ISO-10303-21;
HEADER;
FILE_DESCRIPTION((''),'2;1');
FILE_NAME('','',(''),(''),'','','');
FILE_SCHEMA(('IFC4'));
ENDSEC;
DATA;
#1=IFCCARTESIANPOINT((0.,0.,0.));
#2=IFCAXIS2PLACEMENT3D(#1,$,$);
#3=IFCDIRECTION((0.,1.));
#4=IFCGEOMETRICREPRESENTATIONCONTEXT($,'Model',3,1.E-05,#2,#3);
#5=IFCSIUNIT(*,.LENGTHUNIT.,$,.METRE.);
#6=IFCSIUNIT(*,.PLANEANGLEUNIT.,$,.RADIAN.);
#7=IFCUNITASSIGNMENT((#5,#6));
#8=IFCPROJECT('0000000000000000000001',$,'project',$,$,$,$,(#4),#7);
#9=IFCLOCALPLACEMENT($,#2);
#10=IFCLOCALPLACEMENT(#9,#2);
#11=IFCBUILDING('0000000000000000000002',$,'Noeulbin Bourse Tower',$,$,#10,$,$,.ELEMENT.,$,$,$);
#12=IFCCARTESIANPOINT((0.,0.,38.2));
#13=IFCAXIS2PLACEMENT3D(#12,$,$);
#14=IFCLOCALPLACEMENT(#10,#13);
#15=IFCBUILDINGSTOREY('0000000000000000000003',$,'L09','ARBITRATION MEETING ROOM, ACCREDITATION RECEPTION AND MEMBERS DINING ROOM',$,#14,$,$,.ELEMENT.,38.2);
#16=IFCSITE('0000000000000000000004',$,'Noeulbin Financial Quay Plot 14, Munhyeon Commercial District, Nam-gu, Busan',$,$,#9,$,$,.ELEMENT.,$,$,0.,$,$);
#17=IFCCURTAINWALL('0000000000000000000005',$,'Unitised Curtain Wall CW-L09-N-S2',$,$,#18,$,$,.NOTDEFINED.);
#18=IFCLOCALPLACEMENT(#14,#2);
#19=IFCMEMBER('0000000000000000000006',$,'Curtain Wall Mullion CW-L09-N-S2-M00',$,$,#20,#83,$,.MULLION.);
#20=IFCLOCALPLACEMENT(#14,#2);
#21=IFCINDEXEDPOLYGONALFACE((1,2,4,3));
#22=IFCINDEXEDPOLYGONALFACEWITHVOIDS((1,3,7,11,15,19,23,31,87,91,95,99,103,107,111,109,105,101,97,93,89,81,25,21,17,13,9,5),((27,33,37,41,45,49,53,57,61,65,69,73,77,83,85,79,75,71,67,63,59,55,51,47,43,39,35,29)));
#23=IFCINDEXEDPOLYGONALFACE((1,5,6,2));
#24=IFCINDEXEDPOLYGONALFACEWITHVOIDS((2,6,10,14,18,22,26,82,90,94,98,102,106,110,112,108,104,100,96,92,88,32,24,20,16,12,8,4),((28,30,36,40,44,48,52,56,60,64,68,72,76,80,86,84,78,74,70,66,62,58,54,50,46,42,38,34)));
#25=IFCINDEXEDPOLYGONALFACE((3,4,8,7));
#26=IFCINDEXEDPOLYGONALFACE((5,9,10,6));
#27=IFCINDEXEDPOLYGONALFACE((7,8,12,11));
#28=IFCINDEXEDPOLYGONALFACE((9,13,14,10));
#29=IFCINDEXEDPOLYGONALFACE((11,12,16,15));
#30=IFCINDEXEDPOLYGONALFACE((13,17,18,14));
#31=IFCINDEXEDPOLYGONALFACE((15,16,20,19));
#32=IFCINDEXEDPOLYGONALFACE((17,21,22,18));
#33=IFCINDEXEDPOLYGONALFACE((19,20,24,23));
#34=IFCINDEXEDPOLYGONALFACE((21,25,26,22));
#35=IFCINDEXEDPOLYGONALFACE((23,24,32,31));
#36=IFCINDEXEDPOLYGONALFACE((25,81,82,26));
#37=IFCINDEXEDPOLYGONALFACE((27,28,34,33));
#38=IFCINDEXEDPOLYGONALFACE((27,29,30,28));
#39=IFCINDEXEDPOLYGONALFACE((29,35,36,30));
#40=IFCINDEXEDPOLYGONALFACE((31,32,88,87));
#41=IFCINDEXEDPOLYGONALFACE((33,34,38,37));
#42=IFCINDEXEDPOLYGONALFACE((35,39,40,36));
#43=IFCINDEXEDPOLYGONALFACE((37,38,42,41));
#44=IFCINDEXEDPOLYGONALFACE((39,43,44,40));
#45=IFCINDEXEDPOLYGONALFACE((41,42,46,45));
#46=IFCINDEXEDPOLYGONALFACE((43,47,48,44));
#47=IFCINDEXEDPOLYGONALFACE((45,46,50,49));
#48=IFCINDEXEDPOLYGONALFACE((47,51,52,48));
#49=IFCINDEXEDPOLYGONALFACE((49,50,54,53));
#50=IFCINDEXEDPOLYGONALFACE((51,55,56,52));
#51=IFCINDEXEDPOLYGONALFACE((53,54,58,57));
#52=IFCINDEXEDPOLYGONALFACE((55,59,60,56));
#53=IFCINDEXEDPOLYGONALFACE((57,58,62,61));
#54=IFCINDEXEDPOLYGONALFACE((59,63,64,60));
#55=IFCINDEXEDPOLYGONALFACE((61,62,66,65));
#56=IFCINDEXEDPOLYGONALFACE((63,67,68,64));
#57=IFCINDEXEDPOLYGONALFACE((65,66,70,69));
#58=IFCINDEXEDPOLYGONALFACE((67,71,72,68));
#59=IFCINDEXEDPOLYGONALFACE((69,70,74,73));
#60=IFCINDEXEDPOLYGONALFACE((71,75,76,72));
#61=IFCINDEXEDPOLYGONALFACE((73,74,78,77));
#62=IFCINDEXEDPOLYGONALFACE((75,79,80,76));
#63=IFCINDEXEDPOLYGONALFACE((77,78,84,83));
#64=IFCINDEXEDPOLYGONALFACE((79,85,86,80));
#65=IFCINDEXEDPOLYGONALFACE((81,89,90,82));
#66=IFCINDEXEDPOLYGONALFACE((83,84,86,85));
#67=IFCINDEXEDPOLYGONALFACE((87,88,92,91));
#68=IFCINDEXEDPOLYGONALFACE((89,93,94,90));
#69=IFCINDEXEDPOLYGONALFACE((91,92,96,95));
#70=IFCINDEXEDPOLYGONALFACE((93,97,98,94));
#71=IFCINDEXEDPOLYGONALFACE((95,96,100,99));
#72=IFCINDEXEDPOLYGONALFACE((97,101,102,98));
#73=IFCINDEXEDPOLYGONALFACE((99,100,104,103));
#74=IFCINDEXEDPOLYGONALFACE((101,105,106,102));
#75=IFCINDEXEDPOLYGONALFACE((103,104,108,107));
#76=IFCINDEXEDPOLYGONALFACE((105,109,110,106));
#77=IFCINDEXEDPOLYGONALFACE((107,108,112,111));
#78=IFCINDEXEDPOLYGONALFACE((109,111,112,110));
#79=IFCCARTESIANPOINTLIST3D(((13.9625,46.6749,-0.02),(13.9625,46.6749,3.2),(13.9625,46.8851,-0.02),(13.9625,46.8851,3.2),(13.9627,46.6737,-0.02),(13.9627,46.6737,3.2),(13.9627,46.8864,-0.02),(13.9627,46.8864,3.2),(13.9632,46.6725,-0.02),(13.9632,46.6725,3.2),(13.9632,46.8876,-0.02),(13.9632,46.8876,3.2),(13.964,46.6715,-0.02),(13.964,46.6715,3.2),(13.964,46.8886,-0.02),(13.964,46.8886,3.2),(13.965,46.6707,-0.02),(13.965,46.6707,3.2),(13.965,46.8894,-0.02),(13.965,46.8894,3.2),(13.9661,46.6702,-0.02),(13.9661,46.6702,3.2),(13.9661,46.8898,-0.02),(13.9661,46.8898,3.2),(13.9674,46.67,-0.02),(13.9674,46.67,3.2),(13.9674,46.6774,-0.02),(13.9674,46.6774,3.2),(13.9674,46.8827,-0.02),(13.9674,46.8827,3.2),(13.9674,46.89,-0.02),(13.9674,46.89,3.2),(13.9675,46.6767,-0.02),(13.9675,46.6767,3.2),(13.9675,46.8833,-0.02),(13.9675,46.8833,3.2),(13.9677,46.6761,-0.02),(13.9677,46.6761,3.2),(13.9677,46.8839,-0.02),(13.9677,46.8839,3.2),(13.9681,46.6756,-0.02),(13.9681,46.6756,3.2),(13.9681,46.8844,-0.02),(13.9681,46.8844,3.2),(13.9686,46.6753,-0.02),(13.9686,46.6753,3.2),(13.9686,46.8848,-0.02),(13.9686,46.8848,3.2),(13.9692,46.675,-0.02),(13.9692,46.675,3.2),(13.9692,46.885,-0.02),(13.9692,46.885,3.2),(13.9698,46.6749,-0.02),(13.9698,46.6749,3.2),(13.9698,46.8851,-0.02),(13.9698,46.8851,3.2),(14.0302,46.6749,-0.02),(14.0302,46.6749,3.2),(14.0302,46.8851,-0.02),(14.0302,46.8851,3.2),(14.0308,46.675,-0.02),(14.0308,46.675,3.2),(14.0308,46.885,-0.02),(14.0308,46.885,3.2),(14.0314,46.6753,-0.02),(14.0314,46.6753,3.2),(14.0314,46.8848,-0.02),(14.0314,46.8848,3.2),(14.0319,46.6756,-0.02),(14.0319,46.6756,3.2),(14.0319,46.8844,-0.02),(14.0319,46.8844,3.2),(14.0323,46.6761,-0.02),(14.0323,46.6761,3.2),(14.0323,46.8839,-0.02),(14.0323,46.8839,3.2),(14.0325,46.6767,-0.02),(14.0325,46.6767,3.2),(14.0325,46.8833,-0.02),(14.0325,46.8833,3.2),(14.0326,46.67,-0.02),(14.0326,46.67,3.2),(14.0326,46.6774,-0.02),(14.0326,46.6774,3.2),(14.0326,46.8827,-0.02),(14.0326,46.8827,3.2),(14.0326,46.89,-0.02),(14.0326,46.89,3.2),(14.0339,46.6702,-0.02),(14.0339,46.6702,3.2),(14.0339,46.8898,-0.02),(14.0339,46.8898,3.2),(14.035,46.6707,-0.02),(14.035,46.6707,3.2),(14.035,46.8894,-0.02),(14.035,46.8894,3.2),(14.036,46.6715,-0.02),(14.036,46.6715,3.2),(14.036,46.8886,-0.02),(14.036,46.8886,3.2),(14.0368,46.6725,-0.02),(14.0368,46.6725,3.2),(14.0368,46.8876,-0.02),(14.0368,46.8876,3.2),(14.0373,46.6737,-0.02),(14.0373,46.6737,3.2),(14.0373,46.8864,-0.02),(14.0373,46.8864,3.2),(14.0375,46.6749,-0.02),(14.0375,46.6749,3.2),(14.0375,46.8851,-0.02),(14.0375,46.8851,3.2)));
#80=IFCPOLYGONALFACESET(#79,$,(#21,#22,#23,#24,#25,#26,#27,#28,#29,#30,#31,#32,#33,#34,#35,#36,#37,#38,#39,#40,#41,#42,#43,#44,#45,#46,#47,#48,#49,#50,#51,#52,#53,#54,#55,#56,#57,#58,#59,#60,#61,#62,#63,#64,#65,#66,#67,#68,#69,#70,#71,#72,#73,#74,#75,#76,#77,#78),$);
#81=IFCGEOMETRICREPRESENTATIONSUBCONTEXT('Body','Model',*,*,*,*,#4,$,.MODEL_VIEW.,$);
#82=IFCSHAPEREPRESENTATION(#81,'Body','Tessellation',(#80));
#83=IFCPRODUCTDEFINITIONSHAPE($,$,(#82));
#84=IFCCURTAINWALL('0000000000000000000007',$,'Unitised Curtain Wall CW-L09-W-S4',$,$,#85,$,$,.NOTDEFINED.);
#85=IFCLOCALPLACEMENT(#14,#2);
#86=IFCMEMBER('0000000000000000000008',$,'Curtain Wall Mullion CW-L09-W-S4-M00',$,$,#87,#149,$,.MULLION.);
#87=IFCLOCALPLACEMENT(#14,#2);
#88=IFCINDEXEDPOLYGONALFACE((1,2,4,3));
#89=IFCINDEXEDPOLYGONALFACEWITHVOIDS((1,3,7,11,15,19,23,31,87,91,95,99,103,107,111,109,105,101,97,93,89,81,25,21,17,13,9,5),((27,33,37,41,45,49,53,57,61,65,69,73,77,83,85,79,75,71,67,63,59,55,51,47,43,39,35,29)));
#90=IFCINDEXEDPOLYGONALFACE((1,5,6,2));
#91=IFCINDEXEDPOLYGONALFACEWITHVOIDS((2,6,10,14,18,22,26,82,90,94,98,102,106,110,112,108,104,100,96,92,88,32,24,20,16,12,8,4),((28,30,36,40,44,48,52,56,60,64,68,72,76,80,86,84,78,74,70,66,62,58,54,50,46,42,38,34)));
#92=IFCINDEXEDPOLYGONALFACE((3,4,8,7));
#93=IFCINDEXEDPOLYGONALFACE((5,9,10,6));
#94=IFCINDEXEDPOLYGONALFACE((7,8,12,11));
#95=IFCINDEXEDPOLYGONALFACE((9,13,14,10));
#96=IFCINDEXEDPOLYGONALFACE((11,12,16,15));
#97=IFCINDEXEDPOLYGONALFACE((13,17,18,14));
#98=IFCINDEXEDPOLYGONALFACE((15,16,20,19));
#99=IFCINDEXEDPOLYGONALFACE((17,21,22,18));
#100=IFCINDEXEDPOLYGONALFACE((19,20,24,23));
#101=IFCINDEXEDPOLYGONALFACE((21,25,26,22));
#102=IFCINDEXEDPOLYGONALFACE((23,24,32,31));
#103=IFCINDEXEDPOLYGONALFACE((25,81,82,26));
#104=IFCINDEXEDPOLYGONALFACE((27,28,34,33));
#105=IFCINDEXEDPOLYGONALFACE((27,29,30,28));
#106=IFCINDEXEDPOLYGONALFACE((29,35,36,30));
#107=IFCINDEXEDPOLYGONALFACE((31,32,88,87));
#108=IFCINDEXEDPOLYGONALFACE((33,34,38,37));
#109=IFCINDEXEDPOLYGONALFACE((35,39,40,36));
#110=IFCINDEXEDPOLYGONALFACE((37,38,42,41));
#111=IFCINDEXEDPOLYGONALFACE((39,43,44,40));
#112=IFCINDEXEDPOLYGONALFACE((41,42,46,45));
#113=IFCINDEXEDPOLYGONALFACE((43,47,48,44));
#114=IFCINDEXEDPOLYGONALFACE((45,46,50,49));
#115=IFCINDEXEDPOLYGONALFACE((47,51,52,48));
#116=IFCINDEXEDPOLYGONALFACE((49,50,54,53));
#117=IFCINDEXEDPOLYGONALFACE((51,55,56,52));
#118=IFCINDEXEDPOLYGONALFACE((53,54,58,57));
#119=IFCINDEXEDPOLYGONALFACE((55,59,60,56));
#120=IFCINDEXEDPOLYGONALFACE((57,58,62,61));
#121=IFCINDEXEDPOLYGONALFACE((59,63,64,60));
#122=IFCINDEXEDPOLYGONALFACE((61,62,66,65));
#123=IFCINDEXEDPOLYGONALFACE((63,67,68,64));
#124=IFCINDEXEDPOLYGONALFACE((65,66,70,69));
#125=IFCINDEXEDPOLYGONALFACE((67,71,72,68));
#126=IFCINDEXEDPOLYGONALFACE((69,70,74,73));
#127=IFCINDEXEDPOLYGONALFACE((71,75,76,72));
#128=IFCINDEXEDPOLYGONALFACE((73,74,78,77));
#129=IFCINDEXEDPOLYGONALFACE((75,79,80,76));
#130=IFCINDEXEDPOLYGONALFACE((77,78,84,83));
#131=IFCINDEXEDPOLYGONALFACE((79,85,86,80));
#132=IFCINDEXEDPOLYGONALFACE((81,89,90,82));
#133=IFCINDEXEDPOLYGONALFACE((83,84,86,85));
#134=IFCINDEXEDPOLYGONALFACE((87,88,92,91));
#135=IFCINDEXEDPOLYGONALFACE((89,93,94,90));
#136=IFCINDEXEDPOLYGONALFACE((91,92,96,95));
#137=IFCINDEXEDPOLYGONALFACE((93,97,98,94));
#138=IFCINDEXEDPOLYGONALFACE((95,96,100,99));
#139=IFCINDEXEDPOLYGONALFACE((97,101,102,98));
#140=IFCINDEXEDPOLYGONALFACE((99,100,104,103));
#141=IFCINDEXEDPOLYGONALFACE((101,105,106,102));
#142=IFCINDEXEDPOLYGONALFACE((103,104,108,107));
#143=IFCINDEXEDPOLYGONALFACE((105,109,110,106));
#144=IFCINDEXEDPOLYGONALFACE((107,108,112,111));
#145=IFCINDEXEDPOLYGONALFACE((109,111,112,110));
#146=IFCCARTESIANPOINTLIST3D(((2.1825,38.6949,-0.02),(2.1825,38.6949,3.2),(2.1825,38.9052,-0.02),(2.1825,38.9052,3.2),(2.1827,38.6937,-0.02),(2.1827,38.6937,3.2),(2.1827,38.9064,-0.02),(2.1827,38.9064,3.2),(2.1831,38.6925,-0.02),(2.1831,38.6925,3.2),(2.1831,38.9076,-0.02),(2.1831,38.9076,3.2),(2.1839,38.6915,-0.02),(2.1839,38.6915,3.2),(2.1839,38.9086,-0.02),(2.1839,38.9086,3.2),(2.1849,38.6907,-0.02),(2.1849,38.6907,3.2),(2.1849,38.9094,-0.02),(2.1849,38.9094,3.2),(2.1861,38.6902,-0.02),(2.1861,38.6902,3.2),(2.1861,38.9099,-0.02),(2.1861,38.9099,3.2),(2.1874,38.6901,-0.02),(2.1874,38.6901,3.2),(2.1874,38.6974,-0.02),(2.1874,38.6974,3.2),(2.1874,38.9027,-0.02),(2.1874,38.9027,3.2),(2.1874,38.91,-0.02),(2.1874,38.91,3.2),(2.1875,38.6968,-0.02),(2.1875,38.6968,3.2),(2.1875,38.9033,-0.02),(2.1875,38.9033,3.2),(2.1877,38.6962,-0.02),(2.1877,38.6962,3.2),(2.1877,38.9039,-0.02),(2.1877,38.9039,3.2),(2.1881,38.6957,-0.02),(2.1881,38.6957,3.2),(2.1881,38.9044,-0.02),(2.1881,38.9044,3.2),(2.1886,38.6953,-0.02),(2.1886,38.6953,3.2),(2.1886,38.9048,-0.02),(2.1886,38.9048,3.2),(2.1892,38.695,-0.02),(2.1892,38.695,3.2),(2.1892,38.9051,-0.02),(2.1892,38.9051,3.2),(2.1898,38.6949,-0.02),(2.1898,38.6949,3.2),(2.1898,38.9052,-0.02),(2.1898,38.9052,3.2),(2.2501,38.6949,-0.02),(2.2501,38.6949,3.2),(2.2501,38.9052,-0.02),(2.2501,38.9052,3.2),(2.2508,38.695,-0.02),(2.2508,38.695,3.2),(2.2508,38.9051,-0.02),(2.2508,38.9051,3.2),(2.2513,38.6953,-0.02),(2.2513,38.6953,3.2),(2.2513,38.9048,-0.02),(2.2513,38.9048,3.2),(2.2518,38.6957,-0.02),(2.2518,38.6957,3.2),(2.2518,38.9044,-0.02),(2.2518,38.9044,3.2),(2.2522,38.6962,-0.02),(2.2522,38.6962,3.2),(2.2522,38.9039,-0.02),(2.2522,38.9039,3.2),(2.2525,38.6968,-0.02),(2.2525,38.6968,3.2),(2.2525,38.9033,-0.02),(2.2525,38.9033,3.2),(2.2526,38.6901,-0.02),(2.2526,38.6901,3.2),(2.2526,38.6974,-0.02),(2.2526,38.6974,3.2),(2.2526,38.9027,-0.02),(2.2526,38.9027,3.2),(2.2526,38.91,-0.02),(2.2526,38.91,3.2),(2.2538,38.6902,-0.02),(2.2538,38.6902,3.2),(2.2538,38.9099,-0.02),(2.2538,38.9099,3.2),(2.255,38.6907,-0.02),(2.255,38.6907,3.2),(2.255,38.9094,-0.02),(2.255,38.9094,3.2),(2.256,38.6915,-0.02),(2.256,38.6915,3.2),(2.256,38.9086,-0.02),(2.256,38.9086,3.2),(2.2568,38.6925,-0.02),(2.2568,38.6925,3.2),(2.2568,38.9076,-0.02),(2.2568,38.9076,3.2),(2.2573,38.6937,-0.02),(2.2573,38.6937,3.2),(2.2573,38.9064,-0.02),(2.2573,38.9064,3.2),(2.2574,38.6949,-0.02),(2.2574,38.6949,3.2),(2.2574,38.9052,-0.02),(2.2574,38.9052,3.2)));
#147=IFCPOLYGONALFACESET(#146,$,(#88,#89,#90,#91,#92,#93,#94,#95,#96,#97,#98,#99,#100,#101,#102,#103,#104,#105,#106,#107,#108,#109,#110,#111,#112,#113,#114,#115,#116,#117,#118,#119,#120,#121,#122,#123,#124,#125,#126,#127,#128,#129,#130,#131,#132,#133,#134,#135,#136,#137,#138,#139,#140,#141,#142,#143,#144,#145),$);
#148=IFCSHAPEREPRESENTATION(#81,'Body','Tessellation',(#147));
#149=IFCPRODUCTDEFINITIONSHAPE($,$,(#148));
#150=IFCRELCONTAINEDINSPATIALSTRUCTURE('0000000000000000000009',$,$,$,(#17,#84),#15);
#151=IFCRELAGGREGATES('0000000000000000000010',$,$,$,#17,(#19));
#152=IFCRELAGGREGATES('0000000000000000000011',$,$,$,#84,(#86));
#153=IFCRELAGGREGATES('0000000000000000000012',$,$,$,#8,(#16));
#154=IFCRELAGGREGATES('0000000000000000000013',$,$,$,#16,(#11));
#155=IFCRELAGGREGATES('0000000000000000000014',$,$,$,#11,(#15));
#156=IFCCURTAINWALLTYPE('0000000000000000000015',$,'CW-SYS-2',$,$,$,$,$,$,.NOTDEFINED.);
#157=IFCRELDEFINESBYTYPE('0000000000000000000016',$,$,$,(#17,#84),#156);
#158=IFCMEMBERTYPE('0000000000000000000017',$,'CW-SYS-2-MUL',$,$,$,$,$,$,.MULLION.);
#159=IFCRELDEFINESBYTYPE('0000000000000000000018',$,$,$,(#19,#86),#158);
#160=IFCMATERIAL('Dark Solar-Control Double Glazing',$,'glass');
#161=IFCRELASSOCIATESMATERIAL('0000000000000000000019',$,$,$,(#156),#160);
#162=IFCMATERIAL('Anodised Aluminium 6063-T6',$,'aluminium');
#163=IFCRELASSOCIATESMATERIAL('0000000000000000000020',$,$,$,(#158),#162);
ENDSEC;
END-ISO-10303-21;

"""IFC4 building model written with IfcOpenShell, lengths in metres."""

from ifc_helpers import new_model, si_unit, direction, frame, origin, origin_2d, place, context, subcontext, project, spatial, hollow_rectangle, extrude, material, material_profile, profile_set, type_object, element, aggregate, save


model = new_model("IFC4")

# Units and contexts
model_context = context("Model", 3, precision=1e-05, world=origin(), true_north=direction((0.0, 1.0)))
body_context = subcontext(model_context, "Body", "Model", "MODEL_VIEW")
ifc_project = project(units=[si_unit("LENGTHUNIT", "METRE"), si_unit("PLANEANGLEUNIT", "RADIAN")], contexts=[model_context])

# Site, building, storey
site_placement = place(None, origin())
site = spatial("IfcSite", under=ifc_project, at=site_placement, Name="Noeulbin Financial Quay Plot 14, Munhyeon Commercial District, Nam-gu, Busan", CompositionType="ELEMENT", RefElevation=0.0)
building_placement = place(site_placement, origin())
building = spatial("IfcBuilding", under=site, at=building_placement, Name="Noeulbin Bourse Tower", CompositionType="ELEMENT")
storey_placement = place(building_placement, frame((0.0, 0.0, 38.2)))
storey = spatial("IfcBuildingStorey", under=building, at=storey_placement, Name="L09", Description="ARBITRATION MEETING ROOM, ACCREDITATION RECEPTION AND MEMBERS DINING ROOM", CompositionType="ELEMENT", Elevation=38.2)

# Shared definitions
ifc_material_1 = material(Name="Dark Solar-Control Double Glazing", Category="glass")
curtain_wall_type = type_object("IfcCurtainWallType", Name="CW-SYS-2", PredefinedType="NOTDEFINED", material=ifc_material_1)
ifc_material_2 = material(Name="Anodised Aluminium 6063-T6", Category="aluminium")
ifc_material_profile_1 = material_profile(ifc_material_2, hollow_rectangle(XDim=0.075, YDim=0.22, WallThickness=0.0049, InnerFilletRadius=0.0024, OuterFilletRadius=0.0049, at=origin_2d()), Name="ALU-MULL-75x220x5", Category="LoadBearing")
ifc_profile_set_1 = profile_set([ifc_material_profile_1], Name="Anodised Aluminium 6063-T6")
member_type_1 = type_object("IfcMemberType", Name="CW-SYS-2-MUL", PredefinedType="MULLION", material=ifc_profile_set_1)

# Curtain wall, member
curtain_wall_1_placement = place(storey_placement, origin())
curtain_wall_1 = element("IfcCurtainWall", 1, at=curtain_wall_1_placement, inside=storey, type_object=curtain_wall_type, Name="Unitised Curtain Wall CW-L09-N-S2", PredefinedType="NOTDEFINED")
member_1_placement = place(storey_placement, frame((14.0, 46.78, -0.02), z_axis=(0.0, 0.0, 1.0), x_axis=(1.0, 0.0, 0.0)))
member_1 = element("IfcMember", 2, at=member_1_placement, type_object=member_type_1, Name="Curtain Wall Mullion CW-L09-N-S2-M00", PredefinedType="MULLION", context=body_context, shape_type="SweptSolid", body=[
    extrude(hollow_rectangle(XDim=0.075, YDim=0.22, WallThickness=0.0049, InnerFilletRadius=0.0024, OuterFilletRadius=0.0049, at=origin_2d()), origin(), (0.0, 0.0, 1.0), 3.22),
])

# Curtain wall, member
curtain_wall_2_placement = place(storey_placement, origin())
curtain_wall_2 = element("IfcCurtainWall", 3, at=curtain_wall_2_placement, inside=storey, type_object=curtain_wall_type, Name="Unitised Curtain Wall CW-L09-W-S4", PredefinedType="NOTDEFINED")
member_2_placement = place(storey_placement, frame((2.22, 38.8, -0.02), z_axis=(0.0, 0.0, 1.0), x_axis=(1.0, 0.0, 0.0)))
member_2 = element("IfcMember", 4, at=member_2_placement, type_object=member_type_1, Name="Curtain Wall Mullion CW-L09-W-S4-M00", PredefinedType="MULLION", context=body_context, shape_type="SweptSolid", body=[
    extrude(hollow_rectangle(XDim=0.075, YDim=0.22, WallThickness=0.0049, InnerFilletRadius=0.0024, OuterFilletRadius=0.0049, at=origin_2d()), origin(), (0.0, 0.0, 1.0), 3.22),
])

aggregate(curtain_wall_1, [member_1])

aggregate(curtain_wall_2, [member_2])

save(model, "model.ifc")
